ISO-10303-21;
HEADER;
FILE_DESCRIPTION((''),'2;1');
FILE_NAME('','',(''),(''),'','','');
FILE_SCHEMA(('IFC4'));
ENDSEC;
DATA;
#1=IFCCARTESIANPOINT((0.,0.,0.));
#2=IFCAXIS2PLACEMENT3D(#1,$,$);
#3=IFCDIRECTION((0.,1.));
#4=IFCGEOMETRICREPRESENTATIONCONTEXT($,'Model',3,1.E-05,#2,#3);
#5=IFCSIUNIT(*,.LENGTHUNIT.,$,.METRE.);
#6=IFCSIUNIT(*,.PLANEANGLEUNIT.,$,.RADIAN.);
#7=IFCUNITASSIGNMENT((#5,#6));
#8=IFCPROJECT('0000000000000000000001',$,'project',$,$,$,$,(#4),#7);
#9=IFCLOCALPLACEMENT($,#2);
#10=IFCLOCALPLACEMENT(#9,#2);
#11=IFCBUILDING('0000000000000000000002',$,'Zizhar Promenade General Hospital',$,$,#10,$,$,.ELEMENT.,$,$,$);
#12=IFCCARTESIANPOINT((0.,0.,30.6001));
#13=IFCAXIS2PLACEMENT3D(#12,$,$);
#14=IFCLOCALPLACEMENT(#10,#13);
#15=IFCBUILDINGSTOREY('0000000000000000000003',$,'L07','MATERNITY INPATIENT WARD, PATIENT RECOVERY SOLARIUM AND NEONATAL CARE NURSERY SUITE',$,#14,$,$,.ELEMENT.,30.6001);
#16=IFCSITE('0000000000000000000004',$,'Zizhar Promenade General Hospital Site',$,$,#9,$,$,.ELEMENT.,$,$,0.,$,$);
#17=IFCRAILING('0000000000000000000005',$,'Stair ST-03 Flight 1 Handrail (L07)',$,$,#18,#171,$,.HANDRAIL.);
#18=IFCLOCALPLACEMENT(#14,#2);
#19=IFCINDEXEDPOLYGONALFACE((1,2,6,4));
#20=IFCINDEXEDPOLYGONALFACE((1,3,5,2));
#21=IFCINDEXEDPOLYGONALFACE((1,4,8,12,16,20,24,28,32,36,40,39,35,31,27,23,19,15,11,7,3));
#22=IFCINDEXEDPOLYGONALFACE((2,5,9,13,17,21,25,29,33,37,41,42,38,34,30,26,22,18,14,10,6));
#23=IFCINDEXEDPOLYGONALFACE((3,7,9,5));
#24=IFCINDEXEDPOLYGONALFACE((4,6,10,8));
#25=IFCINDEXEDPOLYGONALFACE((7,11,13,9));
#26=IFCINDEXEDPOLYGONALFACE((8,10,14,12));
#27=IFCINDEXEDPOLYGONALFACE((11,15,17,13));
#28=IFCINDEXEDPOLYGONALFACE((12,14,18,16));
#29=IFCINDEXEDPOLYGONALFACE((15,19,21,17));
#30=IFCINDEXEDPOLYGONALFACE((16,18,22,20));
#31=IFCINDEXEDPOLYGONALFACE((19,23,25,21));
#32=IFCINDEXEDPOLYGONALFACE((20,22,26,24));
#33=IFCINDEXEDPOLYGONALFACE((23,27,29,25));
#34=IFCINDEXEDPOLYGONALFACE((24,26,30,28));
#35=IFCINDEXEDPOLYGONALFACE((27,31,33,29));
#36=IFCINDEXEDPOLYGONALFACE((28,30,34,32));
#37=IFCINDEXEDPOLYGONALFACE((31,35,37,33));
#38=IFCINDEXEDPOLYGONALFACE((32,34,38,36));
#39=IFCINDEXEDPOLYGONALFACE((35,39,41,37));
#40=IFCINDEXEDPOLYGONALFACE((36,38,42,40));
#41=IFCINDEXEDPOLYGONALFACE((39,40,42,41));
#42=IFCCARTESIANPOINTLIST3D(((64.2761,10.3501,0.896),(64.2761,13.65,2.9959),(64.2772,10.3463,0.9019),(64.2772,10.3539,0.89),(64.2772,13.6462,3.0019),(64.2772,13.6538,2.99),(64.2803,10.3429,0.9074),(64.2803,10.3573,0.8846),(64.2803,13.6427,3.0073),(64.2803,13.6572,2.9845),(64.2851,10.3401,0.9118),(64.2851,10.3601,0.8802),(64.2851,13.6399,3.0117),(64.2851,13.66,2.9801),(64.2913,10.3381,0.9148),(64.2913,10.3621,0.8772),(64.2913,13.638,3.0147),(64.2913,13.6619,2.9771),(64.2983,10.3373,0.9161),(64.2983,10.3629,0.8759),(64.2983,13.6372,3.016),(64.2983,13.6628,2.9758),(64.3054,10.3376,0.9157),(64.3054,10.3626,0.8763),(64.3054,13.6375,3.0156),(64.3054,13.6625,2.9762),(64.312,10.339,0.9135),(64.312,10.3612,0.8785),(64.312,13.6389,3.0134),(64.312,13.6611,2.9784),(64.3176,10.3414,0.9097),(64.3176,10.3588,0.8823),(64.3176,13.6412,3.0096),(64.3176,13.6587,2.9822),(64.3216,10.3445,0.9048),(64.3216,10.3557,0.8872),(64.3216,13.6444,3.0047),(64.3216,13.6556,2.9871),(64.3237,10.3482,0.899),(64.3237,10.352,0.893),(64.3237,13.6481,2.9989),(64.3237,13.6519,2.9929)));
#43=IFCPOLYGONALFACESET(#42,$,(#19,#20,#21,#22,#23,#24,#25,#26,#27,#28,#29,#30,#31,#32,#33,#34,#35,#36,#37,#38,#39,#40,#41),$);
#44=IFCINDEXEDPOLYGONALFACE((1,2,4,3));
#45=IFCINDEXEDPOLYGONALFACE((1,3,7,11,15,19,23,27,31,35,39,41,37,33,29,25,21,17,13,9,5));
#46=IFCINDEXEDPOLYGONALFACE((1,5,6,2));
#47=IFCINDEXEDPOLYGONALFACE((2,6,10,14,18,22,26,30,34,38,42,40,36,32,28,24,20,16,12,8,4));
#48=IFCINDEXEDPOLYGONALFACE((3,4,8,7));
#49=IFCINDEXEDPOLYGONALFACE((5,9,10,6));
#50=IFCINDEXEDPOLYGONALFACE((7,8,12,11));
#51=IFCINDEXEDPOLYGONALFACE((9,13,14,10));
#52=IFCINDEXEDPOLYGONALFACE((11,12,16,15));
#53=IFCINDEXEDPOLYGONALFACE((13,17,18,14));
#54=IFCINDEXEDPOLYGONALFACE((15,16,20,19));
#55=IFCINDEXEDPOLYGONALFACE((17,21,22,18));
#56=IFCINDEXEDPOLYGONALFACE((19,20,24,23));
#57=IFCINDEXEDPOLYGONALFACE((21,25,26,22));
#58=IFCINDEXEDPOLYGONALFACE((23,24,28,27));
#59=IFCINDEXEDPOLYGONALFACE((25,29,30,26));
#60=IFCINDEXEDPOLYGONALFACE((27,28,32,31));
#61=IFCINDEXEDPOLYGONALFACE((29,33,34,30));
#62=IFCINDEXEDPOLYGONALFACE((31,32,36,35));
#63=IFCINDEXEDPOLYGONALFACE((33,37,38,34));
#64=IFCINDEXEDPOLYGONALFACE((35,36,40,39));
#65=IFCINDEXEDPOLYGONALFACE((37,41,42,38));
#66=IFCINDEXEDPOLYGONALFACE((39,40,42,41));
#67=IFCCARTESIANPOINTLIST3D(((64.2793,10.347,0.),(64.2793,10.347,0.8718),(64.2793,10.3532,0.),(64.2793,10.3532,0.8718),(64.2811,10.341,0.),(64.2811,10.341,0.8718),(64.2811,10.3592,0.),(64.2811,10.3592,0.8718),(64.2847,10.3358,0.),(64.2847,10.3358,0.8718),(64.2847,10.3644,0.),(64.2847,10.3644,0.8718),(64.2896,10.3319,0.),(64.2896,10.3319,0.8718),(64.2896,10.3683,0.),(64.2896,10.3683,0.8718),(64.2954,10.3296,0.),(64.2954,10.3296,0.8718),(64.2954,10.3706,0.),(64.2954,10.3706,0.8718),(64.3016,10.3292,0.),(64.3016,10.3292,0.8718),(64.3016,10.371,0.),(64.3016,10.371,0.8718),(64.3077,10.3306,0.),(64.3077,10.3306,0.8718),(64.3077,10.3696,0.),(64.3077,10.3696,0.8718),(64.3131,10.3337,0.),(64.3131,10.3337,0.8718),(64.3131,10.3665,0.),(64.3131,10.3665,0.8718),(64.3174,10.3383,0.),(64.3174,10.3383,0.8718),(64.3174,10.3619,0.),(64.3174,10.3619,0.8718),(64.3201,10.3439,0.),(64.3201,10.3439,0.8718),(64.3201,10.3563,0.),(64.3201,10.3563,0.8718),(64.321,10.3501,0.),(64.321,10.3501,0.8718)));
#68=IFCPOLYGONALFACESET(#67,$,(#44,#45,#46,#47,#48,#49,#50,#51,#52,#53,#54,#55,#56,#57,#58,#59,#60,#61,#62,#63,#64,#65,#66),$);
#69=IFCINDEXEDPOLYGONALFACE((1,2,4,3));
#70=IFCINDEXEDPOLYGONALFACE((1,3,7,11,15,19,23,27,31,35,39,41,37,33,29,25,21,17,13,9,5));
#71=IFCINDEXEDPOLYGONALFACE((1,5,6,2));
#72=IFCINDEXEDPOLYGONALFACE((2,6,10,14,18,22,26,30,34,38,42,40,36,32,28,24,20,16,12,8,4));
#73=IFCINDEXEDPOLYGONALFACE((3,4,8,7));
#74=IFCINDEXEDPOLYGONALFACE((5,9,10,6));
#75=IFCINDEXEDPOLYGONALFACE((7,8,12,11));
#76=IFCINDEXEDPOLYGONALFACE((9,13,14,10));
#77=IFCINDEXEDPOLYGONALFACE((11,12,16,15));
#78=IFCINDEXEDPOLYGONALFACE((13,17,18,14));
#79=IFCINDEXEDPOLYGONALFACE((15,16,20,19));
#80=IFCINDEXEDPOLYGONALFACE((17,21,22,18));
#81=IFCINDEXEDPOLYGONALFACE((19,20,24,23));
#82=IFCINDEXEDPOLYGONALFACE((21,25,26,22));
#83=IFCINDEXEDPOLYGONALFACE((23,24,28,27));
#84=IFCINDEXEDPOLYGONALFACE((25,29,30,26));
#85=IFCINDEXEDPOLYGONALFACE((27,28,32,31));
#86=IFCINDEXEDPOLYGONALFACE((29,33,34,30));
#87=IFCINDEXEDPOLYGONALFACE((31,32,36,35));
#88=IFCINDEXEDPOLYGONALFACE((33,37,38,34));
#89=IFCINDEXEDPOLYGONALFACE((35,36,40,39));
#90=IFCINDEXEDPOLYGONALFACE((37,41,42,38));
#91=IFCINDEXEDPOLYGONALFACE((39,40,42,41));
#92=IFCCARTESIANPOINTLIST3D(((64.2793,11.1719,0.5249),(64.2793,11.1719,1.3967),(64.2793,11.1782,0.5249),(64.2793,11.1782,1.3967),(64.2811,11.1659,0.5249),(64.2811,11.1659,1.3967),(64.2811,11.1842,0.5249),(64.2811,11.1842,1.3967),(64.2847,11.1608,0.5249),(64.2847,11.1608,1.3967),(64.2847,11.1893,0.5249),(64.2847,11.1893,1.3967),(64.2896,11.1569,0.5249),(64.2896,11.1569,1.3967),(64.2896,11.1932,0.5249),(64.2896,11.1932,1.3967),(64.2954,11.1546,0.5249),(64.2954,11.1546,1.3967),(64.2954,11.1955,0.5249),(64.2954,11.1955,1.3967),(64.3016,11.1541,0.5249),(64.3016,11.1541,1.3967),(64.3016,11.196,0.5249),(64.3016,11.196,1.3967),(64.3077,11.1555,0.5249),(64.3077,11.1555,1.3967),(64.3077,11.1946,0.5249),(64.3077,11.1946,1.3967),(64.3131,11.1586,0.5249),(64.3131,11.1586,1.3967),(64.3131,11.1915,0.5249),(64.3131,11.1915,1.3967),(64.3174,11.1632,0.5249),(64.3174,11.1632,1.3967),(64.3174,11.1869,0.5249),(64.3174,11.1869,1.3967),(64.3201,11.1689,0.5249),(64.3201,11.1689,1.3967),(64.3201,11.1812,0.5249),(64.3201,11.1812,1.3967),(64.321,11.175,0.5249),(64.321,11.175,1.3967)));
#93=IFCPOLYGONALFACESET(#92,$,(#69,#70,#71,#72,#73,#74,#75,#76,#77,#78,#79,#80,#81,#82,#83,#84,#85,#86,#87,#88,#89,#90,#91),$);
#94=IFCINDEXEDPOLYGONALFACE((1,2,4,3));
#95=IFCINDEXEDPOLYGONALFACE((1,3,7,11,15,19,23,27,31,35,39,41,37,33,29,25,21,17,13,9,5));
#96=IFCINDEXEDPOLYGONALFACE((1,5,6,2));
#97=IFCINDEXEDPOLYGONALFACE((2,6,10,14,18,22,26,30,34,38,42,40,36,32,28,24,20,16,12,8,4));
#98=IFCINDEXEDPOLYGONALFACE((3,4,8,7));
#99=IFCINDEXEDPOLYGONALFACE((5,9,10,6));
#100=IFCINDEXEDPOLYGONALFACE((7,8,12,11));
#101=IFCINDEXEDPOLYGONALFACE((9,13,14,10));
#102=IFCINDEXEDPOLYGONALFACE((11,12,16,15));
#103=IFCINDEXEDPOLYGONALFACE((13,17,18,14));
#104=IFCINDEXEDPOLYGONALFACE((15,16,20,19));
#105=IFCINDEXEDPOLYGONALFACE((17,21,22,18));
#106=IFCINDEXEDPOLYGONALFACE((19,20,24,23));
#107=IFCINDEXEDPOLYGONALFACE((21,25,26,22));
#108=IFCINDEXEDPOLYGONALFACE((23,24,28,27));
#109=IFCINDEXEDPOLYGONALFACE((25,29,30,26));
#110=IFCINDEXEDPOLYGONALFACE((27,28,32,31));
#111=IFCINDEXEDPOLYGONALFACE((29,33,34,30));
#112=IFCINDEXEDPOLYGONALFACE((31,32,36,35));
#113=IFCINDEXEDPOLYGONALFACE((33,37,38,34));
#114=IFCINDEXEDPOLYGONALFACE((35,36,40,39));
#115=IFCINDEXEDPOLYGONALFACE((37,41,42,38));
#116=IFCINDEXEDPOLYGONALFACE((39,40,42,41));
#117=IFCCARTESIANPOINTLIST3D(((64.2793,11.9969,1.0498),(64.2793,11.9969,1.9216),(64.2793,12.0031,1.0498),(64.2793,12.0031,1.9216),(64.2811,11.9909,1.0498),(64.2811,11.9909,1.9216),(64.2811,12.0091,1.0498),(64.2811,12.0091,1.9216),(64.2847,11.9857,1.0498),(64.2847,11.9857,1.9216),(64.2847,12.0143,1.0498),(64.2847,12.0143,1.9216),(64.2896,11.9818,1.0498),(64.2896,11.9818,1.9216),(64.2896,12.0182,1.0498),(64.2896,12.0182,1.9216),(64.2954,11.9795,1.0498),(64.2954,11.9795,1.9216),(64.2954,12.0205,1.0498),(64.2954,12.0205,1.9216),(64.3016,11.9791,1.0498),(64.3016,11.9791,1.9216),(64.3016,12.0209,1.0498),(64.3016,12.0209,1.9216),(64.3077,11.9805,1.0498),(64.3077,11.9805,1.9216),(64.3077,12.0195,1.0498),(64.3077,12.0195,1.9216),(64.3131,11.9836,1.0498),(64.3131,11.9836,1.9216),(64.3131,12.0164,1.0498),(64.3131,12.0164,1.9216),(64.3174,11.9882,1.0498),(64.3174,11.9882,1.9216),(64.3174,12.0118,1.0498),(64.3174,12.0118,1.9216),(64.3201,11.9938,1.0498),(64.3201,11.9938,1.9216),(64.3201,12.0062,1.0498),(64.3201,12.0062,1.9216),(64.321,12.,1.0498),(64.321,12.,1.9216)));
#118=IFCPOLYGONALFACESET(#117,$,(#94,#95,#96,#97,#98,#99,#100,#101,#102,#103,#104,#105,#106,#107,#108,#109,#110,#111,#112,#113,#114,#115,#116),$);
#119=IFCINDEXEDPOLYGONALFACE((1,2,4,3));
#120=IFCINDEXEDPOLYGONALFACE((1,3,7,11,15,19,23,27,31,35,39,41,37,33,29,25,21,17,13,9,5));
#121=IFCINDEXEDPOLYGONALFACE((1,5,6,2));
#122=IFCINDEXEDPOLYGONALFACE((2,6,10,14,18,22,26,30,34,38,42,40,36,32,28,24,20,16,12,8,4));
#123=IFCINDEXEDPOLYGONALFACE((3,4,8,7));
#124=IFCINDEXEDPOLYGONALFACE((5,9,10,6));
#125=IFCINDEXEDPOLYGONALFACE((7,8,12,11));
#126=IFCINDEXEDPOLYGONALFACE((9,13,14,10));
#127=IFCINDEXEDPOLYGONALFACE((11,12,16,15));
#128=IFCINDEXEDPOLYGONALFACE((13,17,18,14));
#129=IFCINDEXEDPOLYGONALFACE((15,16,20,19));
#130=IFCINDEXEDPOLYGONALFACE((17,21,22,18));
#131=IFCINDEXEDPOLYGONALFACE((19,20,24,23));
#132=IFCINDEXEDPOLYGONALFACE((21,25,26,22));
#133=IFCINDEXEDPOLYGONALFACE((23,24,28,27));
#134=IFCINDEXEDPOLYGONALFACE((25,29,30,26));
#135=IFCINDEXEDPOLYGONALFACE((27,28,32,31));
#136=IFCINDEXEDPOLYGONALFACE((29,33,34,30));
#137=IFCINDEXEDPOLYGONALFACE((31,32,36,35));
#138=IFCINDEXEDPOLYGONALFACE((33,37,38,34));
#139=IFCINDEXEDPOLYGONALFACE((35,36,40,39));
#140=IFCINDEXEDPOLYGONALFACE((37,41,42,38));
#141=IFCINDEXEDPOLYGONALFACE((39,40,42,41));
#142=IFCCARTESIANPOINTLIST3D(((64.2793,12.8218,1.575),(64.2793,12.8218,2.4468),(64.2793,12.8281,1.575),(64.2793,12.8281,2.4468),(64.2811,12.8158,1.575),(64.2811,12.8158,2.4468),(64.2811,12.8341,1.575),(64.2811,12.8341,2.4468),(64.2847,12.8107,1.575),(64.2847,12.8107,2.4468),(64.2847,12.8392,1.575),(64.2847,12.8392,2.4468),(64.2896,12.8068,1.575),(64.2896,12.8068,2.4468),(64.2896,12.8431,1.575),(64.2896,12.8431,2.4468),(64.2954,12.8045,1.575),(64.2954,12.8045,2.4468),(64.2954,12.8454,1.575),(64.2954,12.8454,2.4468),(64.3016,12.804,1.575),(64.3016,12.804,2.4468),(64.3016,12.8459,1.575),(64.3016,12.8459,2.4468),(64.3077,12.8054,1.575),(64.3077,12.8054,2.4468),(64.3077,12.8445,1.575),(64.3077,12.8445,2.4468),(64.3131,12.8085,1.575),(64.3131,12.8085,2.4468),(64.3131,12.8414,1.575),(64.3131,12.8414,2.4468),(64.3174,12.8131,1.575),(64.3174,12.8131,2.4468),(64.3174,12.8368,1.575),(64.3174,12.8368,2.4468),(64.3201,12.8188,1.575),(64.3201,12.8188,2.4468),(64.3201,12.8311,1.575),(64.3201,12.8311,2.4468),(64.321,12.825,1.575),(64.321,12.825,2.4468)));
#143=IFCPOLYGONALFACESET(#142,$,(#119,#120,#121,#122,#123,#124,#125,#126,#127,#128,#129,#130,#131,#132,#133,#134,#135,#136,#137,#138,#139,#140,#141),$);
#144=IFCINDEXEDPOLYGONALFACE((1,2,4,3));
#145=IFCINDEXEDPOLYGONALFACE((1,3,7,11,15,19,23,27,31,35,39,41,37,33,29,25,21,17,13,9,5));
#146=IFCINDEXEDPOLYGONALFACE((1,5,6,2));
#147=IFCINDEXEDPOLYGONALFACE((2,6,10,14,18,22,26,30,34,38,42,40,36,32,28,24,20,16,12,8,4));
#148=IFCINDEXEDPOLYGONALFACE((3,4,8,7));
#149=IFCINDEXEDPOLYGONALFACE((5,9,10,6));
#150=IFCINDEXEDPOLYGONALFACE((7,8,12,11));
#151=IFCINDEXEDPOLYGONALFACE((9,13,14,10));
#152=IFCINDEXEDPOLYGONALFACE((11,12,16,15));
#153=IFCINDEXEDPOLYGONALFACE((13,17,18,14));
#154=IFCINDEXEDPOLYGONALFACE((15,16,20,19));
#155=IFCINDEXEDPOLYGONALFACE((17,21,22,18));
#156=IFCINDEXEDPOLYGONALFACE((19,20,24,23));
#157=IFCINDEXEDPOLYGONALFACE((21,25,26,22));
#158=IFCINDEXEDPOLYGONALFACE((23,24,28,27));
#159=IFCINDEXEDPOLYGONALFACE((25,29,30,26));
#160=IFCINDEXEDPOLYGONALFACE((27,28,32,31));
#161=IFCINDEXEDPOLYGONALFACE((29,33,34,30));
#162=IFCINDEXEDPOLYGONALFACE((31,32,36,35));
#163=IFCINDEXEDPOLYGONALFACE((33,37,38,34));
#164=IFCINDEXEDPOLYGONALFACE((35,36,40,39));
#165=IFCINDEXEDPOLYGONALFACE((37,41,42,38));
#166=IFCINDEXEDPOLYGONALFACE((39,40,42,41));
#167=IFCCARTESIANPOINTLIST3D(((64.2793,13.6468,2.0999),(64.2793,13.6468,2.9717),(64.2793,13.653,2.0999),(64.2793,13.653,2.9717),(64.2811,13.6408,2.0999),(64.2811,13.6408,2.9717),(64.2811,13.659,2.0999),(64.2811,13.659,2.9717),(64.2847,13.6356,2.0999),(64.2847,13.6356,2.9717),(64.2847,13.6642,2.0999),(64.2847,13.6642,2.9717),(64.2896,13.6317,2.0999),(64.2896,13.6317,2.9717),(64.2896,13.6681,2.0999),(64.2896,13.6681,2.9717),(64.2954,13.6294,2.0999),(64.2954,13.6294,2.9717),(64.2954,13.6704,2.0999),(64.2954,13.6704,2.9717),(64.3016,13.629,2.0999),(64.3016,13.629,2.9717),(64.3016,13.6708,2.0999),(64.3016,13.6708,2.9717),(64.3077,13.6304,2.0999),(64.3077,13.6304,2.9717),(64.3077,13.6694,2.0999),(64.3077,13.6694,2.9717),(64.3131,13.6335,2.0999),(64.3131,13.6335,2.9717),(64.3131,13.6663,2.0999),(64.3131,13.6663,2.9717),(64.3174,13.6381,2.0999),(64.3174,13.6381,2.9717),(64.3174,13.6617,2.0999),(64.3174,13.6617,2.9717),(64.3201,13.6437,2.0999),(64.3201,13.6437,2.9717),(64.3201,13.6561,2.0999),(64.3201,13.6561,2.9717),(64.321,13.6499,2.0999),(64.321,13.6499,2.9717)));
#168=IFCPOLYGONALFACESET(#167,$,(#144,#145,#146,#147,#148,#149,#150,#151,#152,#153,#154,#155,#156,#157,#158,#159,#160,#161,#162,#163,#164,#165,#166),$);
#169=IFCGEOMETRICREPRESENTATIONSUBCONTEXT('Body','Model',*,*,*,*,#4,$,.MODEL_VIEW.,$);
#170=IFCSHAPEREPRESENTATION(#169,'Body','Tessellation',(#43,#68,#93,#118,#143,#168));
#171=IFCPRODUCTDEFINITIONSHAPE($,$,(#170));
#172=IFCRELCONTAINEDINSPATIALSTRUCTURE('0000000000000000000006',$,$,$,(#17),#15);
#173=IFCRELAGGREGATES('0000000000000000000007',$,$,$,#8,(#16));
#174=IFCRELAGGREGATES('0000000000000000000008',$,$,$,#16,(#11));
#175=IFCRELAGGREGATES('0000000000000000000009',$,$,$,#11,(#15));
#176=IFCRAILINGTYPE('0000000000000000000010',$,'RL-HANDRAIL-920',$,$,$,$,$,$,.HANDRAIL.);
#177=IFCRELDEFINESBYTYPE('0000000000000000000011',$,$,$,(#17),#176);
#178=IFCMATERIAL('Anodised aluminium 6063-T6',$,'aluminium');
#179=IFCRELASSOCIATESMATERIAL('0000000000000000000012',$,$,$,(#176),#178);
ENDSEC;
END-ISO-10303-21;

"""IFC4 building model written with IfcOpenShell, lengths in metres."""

from ifc_helpers import new_model, si_unit, direction, frame, origin, origin_2d, place, context, subcontext, project, spatial, circle, hollow_circle, extrude, material, material_profile, profile_set, type_object, element, save


model = new_model("IFC4")

# Units and contexts
model_context = context("Model", 3, precision=1e-05, world=origin(), true_north=direction((0.0, 1.0)))
body_context = subcontext(model_context, "Body", "Model", "MODEL_VIEW")
ifc_project = project(units=[si_unit("LENGTHUNIT", "METRE"), si_unit("PLANEANGLEUNIT", "RADIAN")], contexts=[model_context])

# Site, building, storey
site_placement = place(None, origin())
site = spatial("IfcSite", under=ifc_project, at=site_placement, Name="Zizhar Promenade General Hospital Site", CompositionType="ELEMENT", RefElevation=0.0)
building_placement = place(site_placement, origin())
building = spatial("IfcBuilding", under=site, at=building_placement, Name="Zizhar Promenade General Hospital", CompositionType="ELEMENT")
storey_placement = place(building_placement, frame((0.0, 0.0, 30.6001)))
storey = spatial("IfcBuildingStorey", under=building, at=storey_placement, Name="L07", Description="MATERNITY INPATIENT WARD, PATIENT RECOVERY SOLARIUM AND NEONATAL CARE NURSERY SUITE", CompositionType="ELEMENT", Elevation=30.6001)

# Railing
ifc_material_1 = material(Name="Anodised aluminium 6063-T6", Category="aluminium")
ifc_material_profile_1 = material_profile(ifc_material_1, hollow_circle(Radius=0.0698, WallThickness=0.0063, at=origin_2d()))
ifc_profile_set_1 = profile_set([ifc_material_profile_1], Name="Anodised aluminium 6063-T6")
railing_type_1 = type_object("IfcRailingType", Name="RL-HANDRAIL-920", PredefinedType="HANDRAIL", material=ifc_profile_set_1)
railing_1_placement = place(storey_placement, frame((64.3, 10.3501, 0.0)))
element("IfcRailing", 1, at=railing_1_placement, inside=storey, type_object=railing_type_1, Name="Stair ST-03 Flight 1 Handrail (L07)", PredefinedType="HANDRAIL", context=body_context, shape_type="SweptSolid", body=[
    extrude(circle(Radius=0.0239, at=origin_2d()), frame((0.0, 0.0, 0.896), z_axis=(0.0, 0.843664, 0.536871), x_axis=(-1.0, 0.0, 0.0)), (0.0, 0.0, 1.0), 3.9114),
    extrude(circle(Radius=0.021, at=origin_2d()), origin(), (0.0, 0.0, 1.0), 0.8718),
    extrude(circle(Radius=0.021, at=origin_2d()), frame((0.0, 0.825, 0.5249)), (0.0, 0.0, 1.0), 0.8718),
    extrude(circle(Radius=0.021, at=origin_2d()), frame((0.0, 1.6499, 1.0498)), (0.0, 0.0, 1.0), 0.8718),
    extrude(circle(Radius=0.021, at=origin_2d()), frame((0.0, 2.4749, 1.575)), (0.0, 0.0, 1.0), 0.8718),
    extrude(circle(Radius=0.021, at=origin_2d()), frame((0.0, 3.2998, 2.0999)), (0.0, 0.0, 1.0), 0.8718),
])

save(model, "model.ifc")
